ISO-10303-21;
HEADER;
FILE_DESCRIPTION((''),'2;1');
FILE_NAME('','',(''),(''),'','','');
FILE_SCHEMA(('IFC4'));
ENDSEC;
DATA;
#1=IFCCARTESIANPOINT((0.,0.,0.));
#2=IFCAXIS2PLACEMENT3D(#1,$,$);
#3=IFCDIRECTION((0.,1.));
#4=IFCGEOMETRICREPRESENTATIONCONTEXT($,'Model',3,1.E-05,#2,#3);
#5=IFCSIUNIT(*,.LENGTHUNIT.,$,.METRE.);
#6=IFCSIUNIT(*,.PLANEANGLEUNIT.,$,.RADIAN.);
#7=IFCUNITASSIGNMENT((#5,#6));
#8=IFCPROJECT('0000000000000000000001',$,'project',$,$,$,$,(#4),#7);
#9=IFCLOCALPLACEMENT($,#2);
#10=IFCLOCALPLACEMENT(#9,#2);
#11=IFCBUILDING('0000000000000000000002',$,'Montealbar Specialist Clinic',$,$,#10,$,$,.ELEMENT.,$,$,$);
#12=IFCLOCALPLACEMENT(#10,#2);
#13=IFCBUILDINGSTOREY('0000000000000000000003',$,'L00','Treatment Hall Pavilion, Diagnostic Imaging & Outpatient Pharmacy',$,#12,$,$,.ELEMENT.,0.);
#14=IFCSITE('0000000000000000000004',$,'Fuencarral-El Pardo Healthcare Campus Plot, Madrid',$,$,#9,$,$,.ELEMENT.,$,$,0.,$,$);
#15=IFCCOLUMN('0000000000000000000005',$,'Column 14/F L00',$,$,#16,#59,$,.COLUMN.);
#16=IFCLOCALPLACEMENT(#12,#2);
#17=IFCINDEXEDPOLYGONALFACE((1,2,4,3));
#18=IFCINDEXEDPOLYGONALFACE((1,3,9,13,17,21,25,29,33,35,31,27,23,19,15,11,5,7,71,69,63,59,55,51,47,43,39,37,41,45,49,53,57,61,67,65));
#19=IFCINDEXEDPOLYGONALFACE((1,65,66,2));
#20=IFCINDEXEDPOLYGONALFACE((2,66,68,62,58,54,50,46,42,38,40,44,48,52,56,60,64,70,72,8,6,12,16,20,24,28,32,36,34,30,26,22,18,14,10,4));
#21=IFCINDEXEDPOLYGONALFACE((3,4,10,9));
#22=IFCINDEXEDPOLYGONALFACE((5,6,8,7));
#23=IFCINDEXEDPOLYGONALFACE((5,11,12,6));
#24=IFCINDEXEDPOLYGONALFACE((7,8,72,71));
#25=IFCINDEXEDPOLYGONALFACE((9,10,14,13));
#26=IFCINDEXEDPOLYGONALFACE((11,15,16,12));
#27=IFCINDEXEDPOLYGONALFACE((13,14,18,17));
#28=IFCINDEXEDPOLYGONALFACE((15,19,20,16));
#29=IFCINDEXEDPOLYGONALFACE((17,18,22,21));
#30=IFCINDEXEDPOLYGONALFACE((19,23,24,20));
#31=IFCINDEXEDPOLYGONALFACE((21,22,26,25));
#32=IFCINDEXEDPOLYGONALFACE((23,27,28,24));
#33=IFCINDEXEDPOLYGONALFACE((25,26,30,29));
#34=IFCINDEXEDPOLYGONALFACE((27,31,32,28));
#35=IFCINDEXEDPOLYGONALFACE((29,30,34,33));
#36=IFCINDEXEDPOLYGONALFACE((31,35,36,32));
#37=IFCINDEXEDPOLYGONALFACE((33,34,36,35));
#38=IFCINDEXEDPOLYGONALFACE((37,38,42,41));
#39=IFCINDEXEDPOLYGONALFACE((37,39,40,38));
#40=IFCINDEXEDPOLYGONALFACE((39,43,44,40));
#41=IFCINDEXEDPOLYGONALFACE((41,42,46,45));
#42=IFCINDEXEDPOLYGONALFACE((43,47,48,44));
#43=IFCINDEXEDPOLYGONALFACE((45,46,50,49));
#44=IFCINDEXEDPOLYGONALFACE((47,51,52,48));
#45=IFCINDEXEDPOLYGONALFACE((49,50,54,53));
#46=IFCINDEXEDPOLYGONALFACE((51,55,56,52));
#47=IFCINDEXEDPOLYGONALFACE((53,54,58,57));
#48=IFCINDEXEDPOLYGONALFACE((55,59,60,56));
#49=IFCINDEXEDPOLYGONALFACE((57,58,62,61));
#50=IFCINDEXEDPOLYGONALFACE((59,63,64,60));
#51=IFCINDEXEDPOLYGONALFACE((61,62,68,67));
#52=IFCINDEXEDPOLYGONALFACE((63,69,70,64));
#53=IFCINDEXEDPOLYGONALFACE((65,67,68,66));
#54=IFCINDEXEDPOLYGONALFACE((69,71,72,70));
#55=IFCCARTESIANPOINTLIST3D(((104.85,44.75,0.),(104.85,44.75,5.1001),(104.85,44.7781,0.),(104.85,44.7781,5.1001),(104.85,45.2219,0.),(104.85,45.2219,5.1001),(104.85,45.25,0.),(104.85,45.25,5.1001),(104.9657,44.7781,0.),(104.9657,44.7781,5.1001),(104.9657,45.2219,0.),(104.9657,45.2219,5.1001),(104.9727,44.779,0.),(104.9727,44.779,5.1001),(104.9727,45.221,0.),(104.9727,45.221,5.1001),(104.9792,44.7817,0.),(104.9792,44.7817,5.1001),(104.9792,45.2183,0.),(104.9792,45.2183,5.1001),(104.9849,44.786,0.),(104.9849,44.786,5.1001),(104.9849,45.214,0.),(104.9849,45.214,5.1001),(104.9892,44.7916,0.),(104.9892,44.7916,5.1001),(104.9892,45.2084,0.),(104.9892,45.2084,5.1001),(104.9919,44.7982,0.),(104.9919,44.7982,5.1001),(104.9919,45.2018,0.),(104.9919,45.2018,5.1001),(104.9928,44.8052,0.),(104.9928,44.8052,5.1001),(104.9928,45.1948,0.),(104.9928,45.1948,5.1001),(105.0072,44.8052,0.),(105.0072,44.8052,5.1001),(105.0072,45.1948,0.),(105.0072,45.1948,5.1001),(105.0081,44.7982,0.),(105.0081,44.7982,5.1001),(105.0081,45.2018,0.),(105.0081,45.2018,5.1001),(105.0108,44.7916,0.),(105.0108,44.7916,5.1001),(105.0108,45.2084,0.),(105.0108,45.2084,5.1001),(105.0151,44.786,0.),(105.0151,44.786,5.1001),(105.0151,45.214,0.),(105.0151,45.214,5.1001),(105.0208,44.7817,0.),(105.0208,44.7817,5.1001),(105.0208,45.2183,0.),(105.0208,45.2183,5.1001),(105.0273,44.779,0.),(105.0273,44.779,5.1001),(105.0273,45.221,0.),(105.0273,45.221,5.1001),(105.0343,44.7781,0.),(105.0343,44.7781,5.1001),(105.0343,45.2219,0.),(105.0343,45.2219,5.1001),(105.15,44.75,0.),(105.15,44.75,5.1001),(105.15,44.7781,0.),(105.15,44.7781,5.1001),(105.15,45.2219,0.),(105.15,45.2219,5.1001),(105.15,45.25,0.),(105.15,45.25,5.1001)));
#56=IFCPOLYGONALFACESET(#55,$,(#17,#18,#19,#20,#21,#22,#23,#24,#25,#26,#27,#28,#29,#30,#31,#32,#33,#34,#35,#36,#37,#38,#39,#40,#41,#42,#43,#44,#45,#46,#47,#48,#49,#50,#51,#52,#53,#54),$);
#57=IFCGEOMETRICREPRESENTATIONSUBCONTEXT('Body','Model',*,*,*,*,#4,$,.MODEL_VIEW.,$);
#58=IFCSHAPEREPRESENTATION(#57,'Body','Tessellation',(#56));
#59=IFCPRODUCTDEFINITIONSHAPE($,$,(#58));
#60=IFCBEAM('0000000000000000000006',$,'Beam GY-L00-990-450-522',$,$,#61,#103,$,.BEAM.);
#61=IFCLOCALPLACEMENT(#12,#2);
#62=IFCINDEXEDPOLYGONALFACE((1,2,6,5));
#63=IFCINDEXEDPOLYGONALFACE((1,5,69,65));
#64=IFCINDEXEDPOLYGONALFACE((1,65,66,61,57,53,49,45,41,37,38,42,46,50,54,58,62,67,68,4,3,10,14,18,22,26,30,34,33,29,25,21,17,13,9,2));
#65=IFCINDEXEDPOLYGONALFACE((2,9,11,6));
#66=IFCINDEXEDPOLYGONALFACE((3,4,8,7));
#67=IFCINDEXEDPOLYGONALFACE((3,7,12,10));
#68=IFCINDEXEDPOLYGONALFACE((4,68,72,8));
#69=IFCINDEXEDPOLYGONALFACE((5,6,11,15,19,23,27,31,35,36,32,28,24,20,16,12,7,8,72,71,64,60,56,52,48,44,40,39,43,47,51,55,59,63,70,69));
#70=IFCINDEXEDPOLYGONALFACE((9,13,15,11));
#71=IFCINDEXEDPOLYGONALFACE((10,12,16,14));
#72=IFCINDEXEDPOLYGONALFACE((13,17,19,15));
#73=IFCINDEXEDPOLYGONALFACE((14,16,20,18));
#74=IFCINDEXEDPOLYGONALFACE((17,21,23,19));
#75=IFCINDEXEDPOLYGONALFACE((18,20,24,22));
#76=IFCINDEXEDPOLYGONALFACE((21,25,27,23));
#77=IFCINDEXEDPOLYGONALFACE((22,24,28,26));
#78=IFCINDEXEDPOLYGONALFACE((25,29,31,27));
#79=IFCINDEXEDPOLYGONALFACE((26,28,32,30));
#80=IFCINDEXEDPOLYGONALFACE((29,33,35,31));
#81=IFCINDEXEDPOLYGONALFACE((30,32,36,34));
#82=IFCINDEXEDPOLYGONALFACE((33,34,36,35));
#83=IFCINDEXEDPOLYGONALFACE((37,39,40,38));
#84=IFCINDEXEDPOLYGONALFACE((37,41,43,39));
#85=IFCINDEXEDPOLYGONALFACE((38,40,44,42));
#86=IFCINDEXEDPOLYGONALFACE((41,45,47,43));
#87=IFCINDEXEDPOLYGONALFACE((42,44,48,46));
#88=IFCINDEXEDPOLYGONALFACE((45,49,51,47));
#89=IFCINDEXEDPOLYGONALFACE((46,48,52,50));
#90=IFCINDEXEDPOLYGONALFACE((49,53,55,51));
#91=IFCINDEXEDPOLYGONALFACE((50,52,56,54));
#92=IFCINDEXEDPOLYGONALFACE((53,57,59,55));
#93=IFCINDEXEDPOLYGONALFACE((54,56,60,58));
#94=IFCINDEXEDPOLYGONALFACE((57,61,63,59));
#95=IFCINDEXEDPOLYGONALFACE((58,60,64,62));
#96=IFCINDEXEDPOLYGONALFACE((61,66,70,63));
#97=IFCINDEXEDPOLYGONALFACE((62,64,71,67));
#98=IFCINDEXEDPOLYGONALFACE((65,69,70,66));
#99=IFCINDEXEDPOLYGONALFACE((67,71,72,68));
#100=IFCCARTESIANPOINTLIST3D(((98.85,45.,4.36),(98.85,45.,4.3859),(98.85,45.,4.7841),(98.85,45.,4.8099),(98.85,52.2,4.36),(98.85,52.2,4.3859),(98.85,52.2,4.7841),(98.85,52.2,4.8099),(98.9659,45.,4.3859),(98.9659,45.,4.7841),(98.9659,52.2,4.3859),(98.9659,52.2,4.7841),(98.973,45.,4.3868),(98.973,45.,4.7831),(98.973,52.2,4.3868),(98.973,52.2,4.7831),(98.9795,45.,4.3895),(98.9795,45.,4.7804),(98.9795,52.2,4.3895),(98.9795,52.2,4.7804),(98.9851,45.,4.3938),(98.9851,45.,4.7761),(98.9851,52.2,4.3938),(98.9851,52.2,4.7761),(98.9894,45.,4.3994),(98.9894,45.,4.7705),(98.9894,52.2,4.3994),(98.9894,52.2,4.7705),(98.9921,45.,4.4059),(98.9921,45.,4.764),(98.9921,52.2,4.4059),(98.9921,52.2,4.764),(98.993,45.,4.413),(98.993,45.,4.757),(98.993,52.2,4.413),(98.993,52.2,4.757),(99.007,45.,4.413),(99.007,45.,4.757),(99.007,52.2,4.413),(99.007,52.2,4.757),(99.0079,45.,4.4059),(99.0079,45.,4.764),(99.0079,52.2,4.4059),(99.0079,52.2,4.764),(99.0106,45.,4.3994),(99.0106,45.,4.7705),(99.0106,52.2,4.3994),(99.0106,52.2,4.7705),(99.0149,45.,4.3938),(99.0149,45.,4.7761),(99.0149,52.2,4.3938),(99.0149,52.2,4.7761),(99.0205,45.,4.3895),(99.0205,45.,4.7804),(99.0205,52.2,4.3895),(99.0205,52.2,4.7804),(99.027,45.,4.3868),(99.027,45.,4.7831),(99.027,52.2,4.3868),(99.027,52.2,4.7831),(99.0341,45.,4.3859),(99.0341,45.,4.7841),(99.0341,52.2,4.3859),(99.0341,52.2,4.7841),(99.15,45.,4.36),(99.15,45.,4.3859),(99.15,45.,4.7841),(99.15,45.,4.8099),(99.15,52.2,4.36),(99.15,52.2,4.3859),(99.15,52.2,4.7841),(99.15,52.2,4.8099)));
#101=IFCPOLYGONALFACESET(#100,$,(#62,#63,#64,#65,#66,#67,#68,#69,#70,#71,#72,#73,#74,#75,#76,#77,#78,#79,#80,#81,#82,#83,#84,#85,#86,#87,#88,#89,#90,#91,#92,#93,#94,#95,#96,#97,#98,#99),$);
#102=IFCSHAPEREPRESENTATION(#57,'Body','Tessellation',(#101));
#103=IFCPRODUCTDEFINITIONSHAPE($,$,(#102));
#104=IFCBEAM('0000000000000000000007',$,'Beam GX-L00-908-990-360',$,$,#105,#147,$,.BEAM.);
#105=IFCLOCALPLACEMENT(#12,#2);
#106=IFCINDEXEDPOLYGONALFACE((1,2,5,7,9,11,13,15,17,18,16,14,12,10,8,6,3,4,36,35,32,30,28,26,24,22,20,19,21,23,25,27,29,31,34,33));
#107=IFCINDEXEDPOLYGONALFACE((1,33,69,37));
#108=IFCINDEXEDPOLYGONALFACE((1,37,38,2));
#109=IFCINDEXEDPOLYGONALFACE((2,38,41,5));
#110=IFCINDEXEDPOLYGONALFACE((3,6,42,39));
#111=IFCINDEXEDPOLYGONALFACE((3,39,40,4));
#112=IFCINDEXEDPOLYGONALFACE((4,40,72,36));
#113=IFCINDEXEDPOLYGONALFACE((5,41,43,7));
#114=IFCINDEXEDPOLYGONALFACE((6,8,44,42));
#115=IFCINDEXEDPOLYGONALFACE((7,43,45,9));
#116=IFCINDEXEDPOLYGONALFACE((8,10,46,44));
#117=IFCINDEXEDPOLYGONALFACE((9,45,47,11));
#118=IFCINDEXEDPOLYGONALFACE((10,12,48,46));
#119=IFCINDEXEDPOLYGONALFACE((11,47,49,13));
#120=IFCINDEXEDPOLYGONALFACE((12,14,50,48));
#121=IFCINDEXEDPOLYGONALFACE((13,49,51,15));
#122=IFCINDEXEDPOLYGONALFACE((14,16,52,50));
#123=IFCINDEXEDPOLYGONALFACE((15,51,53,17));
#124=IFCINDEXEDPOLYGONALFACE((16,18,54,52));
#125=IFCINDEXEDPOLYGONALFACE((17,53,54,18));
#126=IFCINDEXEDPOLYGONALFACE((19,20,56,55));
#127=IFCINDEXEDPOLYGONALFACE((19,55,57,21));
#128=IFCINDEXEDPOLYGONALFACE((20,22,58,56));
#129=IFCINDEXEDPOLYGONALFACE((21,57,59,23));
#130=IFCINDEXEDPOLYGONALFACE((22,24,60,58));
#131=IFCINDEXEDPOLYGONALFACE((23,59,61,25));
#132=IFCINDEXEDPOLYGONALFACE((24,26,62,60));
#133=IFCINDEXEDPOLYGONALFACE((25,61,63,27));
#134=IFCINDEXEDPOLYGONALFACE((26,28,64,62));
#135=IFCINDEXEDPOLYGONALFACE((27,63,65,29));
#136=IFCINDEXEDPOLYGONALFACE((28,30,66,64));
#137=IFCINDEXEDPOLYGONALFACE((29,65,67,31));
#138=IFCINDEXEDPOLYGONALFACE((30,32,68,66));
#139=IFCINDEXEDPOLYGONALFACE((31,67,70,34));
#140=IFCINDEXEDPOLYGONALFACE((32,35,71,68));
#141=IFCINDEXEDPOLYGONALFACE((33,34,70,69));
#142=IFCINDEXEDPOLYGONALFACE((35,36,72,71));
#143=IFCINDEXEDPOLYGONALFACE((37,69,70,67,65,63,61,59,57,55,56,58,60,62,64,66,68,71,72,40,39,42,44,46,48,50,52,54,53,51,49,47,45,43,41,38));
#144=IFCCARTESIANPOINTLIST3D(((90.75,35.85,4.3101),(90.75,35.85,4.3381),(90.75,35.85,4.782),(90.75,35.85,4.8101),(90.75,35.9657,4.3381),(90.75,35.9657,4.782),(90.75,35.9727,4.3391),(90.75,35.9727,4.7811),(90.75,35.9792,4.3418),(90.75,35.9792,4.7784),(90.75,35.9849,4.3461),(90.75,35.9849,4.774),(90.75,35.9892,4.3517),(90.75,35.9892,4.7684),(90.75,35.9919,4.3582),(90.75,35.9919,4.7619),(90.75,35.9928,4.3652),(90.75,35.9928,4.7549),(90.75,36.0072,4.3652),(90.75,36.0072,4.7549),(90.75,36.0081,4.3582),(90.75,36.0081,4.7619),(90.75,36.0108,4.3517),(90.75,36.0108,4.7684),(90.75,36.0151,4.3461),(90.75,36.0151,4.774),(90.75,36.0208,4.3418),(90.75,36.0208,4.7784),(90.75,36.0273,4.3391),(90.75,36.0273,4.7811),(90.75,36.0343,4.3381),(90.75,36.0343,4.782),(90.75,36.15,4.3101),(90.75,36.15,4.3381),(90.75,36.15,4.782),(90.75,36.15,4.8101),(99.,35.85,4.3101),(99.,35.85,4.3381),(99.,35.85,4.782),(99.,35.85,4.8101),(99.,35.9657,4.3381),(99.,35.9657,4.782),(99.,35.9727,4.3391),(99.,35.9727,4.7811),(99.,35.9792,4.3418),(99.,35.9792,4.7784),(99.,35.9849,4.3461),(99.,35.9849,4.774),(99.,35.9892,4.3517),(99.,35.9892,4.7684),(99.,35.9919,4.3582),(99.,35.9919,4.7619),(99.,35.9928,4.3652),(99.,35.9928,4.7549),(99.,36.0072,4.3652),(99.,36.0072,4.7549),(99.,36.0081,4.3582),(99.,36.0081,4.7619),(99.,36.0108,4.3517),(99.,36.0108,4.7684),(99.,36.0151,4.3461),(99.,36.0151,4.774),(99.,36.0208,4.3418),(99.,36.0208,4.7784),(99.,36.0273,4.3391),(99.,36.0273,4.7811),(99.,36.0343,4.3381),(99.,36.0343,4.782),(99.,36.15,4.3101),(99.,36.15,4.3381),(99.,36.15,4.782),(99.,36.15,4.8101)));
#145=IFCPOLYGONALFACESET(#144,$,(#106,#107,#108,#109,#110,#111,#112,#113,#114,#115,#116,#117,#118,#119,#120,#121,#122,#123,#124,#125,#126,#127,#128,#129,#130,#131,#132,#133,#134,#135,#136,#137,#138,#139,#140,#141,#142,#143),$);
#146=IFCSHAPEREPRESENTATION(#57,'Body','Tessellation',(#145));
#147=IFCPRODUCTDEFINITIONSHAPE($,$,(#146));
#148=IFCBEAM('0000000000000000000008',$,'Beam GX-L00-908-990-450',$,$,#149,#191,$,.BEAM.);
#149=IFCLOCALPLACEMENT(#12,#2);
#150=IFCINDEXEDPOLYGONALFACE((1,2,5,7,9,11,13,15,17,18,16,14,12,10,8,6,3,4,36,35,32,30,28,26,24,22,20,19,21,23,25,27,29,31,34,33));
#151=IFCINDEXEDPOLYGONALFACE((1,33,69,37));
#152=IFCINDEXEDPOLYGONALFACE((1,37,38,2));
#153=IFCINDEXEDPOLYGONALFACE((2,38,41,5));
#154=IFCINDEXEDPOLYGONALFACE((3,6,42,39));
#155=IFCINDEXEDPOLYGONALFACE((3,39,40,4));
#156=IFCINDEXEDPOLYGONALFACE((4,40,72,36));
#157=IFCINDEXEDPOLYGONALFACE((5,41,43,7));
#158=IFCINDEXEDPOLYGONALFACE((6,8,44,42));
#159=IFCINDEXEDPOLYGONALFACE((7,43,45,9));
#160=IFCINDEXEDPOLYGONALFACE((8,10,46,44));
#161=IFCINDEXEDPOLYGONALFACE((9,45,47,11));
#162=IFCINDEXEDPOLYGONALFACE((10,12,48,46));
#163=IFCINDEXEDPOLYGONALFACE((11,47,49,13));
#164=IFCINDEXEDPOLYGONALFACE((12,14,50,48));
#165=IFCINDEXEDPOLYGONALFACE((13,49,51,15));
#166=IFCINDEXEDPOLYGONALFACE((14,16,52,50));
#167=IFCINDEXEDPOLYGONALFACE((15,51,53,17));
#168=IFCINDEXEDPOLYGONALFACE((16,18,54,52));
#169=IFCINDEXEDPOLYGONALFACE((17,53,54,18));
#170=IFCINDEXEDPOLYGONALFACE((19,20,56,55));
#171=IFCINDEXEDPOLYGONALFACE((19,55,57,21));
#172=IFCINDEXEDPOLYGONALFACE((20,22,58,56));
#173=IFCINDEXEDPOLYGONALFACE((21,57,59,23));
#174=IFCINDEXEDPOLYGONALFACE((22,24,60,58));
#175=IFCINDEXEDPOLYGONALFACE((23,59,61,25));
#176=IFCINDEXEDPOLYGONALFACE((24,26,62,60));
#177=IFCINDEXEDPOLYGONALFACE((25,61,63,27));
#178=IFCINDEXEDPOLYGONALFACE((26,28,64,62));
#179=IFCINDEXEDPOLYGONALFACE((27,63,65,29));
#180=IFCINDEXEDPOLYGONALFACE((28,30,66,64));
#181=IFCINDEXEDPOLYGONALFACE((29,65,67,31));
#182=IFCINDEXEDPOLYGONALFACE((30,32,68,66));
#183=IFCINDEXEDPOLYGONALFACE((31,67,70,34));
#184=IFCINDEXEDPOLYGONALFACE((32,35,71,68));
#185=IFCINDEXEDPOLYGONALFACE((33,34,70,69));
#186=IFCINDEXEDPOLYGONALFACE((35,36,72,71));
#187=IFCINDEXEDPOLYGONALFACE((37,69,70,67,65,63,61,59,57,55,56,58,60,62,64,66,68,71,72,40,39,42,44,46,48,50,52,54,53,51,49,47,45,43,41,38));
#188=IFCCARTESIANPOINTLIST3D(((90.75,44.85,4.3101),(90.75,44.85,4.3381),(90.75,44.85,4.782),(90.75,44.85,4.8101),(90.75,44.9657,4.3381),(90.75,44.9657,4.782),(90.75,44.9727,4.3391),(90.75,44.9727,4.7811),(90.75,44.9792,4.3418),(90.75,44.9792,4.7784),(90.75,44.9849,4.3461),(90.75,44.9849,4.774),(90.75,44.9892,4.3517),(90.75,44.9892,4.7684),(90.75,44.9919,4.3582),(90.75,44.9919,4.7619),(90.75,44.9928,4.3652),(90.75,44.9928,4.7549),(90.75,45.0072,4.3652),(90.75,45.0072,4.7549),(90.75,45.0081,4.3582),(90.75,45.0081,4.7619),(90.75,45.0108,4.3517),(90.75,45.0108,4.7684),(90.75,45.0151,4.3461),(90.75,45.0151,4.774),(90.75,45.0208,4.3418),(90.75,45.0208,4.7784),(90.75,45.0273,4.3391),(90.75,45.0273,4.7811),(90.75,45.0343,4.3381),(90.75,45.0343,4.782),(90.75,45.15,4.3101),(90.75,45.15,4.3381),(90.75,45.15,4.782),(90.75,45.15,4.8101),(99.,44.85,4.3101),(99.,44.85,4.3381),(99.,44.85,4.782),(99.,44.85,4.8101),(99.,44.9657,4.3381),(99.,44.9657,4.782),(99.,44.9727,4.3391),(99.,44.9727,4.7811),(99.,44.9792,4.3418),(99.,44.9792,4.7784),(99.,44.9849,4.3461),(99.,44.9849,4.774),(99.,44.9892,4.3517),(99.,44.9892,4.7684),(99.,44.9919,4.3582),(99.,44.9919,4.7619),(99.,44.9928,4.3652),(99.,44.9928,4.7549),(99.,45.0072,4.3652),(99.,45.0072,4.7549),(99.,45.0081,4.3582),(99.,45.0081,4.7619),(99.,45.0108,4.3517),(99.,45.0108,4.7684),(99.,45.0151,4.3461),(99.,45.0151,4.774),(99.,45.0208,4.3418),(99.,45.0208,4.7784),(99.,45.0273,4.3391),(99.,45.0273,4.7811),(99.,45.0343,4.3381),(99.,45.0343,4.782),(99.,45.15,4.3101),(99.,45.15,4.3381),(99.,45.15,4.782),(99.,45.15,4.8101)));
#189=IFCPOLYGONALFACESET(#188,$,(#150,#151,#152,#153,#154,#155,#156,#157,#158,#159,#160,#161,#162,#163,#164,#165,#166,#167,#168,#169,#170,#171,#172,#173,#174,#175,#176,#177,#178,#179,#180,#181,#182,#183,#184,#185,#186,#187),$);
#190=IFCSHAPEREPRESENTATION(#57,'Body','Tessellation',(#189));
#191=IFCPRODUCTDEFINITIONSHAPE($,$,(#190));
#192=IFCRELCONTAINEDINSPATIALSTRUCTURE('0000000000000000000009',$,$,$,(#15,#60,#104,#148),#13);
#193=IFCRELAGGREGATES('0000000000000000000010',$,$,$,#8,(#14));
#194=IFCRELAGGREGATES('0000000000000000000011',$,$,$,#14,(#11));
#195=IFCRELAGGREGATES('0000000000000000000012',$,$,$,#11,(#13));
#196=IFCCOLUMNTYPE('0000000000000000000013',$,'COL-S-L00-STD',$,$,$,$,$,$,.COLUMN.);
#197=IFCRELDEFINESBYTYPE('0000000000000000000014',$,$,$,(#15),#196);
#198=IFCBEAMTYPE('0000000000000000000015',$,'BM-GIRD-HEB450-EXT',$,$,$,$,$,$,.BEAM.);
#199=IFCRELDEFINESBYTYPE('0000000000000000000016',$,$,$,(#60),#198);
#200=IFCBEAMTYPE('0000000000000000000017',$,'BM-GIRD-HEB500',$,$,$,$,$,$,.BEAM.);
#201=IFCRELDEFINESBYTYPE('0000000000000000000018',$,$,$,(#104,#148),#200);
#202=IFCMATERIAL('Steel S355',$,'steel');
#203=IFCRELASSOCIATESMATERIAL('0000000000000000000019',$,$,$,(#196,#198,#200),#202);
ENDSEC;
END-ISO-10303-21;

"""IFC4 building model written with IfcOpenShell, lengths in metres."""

from ifc_helpers import new_model, si_unit, direction, frame, origin, origin_2d, place, context, subcontext, project, spatial, i_section, extrude, material, material_profile, profile_set, type_object, element, save


model = new_model("IFC4")

# Units and contexts
model_context = context("Model", 3, precision=1e-05, world=origin(), true_north=direction((0.0, 1.0)))
body_context = subcontext(model_context, "Body", "Model", "MODEL_VIEW")
ifc_project = project(units=[si_unit("LENGTHUNIT", "METRE"), si_unit("PLANEANGLEUNIT", "RADIAN")], contexts=[model_context])

# Site, building, storey
site_placement = place(None, origin())
site = spatial("IfcSite", under=ifc_project, at=site_placement, Name="Fuencarral-El Pardo Healthcare Campus Plot, Madrid", CompositionType="ELEMENT", RefElevation=0.0)
building_placement = place(site_placement, origin())
building = spatial("IfcBuilding", under=site, at=building_placement, Name="Montealbar Specialist Clinic", CompositionType="ELEMENT")
storey_placement = place(building_placement, origin())
storey = spatial("IfcBuildingStorey", under=building, at=storey_placement, Name="L00", Description="Treatment Hall Pavilion, Diagnostic Imaging & Outpatient Pharmacy", CompositionType="ELEMENT", Elevation=0.0)

# Column
ifc_material_1 = material(Name="Steel S355", Category="steel")
ifc_material_profile_1 = material_profile(ifc_material_1, i_section(OverallWidth=0.3, OverallDepth=0.5, WebThickness=0.0144, FlangeThickness=0.0281, FilletRadius=0.0271, at=origin_2d()), Name="HEB 500", Category="steel")
ifc_profile_set_1 = profile_set([ifc_material_profile_1], Name="Steel S355")
column_type_1 = type_object("IfcColumnType", Name="COL-S-L00-STD", PredefinedType="COLUMN", material=ifc_profile_set_1)
for number, where, z_axis, x_axis, name in (
    (1, (105.0, 45.0, 0.0), (0.0, 0.0, 1.0), (1.0, 0.0, 0.0), "Column 14/F L00"),
):
    element("IfcColumn", number, at=place(storey_placement, frame(where, z_axis=z_axis, x_axis=x_axis)), inside=storey, type_object=column_type_1, Name=name, PredefinedType="COLUMN", context=body_context, shape_type="SweptSolid", body=[
        extrude(i_section(OverallWidth=0.3, OverallDepth=0.5, WebThickness=0.0144, FlangeThickness=0.0281, FilletRadius=0.0271, at=origin_2d()), origin(), (0.0, 0.0, 1.0), 5.1001),
    ])

# Beams
ifc_material_profile_2 = material_profile(ifc_material_1, i_section(OverallWidth=0.3, OverallDepth=0.45, WebThickness=0.0139, FlangeThickness=0.0259, FilletRadius=0.0271, at=origin_2d()), Name="HEB 450", Category="steel")
ifc_profile_set_2 = profile_set([ifc_material_profile_2], Name="Steel S355")
beam_type_1 = type_object("IfcBeamType", Name="BM-GIRD-HEB450-EXT", PredefinedType="BEAM", material=ifc_profile_set_2)
beam_1_placement = place(storey_placement, frame((99.0, 45.0, 4.585), z_axis=(0.0, 1.0, 0.0), x_axis=(-1.0, 0.0, 0.0)))
element("IfcBeam", 2, at=beam_1_placement, inside=storey, type_object=beam_type_1, Name="Beam GY-L00-990-450-522", PredefinedType="BEAM", context=body_context, shape_type="SweptSolid", body=[
    extrude(i_section(OverallWidth=0.3, OverallDepth=0.45, WebThickness=0.0139, FlangeThickness=0.0259, FilletRadius=0.0271, at=origin_2d()), origin(), (0.0, 0.0, 1.0), 7.2),
])
ifc_material_profile_3 = material_profile(ifc_material_1, i_section(OverallWidth=0.3, OverallDepth=0.5, WebThickness=0.0144, FlangeThickness=0.0281, FilletRadius=0.0271, at=origin_2d()), Name="HEB 500", Category="steel")
ifc_profile_set_3 = profile_set([ifc_material_profile_3], Name="Steel S355")
beam_type_2 = type_object("IfcBeamType", Name="BM-GIRD-HEB500", PredefinedType="BEAM", material=ifc_profile_set_3)
for number, where, z_axis, x_axis, name in (
    (3, (90.75, 36.0, 4.5601), (1.0, 0.0, 0.0), (0.0, 1.0, 0.0), "Beam GX-L00-908-990-360"),
    (4, (90.75, 45.0, 4.5601), (1.0, 0.0, 0.0), (0.0, 1.0, 0.0), "Beam GX-L00-908-990-450"),
):
    element("IfcBeam", number, at=place(storey_placement, frame(where, z_axis=z_axis, x_axis=x_axis)), inside=storey, type_object=beam_type_2, Name=name, PredefinedType="BEAM", context=body_context, shape_type="SweptSolid", body=[
        extrude(i_section(OverallWidth=0.3, OverallDepth=0.5, WebThickness=0.0144, FlangeThickness=0.0281, FilletRadius=0.0271, at=origin_2d()), origin(), (0.0, 0.0, 1.0), 8.25),
    ])

save(model, "model.ifc")
